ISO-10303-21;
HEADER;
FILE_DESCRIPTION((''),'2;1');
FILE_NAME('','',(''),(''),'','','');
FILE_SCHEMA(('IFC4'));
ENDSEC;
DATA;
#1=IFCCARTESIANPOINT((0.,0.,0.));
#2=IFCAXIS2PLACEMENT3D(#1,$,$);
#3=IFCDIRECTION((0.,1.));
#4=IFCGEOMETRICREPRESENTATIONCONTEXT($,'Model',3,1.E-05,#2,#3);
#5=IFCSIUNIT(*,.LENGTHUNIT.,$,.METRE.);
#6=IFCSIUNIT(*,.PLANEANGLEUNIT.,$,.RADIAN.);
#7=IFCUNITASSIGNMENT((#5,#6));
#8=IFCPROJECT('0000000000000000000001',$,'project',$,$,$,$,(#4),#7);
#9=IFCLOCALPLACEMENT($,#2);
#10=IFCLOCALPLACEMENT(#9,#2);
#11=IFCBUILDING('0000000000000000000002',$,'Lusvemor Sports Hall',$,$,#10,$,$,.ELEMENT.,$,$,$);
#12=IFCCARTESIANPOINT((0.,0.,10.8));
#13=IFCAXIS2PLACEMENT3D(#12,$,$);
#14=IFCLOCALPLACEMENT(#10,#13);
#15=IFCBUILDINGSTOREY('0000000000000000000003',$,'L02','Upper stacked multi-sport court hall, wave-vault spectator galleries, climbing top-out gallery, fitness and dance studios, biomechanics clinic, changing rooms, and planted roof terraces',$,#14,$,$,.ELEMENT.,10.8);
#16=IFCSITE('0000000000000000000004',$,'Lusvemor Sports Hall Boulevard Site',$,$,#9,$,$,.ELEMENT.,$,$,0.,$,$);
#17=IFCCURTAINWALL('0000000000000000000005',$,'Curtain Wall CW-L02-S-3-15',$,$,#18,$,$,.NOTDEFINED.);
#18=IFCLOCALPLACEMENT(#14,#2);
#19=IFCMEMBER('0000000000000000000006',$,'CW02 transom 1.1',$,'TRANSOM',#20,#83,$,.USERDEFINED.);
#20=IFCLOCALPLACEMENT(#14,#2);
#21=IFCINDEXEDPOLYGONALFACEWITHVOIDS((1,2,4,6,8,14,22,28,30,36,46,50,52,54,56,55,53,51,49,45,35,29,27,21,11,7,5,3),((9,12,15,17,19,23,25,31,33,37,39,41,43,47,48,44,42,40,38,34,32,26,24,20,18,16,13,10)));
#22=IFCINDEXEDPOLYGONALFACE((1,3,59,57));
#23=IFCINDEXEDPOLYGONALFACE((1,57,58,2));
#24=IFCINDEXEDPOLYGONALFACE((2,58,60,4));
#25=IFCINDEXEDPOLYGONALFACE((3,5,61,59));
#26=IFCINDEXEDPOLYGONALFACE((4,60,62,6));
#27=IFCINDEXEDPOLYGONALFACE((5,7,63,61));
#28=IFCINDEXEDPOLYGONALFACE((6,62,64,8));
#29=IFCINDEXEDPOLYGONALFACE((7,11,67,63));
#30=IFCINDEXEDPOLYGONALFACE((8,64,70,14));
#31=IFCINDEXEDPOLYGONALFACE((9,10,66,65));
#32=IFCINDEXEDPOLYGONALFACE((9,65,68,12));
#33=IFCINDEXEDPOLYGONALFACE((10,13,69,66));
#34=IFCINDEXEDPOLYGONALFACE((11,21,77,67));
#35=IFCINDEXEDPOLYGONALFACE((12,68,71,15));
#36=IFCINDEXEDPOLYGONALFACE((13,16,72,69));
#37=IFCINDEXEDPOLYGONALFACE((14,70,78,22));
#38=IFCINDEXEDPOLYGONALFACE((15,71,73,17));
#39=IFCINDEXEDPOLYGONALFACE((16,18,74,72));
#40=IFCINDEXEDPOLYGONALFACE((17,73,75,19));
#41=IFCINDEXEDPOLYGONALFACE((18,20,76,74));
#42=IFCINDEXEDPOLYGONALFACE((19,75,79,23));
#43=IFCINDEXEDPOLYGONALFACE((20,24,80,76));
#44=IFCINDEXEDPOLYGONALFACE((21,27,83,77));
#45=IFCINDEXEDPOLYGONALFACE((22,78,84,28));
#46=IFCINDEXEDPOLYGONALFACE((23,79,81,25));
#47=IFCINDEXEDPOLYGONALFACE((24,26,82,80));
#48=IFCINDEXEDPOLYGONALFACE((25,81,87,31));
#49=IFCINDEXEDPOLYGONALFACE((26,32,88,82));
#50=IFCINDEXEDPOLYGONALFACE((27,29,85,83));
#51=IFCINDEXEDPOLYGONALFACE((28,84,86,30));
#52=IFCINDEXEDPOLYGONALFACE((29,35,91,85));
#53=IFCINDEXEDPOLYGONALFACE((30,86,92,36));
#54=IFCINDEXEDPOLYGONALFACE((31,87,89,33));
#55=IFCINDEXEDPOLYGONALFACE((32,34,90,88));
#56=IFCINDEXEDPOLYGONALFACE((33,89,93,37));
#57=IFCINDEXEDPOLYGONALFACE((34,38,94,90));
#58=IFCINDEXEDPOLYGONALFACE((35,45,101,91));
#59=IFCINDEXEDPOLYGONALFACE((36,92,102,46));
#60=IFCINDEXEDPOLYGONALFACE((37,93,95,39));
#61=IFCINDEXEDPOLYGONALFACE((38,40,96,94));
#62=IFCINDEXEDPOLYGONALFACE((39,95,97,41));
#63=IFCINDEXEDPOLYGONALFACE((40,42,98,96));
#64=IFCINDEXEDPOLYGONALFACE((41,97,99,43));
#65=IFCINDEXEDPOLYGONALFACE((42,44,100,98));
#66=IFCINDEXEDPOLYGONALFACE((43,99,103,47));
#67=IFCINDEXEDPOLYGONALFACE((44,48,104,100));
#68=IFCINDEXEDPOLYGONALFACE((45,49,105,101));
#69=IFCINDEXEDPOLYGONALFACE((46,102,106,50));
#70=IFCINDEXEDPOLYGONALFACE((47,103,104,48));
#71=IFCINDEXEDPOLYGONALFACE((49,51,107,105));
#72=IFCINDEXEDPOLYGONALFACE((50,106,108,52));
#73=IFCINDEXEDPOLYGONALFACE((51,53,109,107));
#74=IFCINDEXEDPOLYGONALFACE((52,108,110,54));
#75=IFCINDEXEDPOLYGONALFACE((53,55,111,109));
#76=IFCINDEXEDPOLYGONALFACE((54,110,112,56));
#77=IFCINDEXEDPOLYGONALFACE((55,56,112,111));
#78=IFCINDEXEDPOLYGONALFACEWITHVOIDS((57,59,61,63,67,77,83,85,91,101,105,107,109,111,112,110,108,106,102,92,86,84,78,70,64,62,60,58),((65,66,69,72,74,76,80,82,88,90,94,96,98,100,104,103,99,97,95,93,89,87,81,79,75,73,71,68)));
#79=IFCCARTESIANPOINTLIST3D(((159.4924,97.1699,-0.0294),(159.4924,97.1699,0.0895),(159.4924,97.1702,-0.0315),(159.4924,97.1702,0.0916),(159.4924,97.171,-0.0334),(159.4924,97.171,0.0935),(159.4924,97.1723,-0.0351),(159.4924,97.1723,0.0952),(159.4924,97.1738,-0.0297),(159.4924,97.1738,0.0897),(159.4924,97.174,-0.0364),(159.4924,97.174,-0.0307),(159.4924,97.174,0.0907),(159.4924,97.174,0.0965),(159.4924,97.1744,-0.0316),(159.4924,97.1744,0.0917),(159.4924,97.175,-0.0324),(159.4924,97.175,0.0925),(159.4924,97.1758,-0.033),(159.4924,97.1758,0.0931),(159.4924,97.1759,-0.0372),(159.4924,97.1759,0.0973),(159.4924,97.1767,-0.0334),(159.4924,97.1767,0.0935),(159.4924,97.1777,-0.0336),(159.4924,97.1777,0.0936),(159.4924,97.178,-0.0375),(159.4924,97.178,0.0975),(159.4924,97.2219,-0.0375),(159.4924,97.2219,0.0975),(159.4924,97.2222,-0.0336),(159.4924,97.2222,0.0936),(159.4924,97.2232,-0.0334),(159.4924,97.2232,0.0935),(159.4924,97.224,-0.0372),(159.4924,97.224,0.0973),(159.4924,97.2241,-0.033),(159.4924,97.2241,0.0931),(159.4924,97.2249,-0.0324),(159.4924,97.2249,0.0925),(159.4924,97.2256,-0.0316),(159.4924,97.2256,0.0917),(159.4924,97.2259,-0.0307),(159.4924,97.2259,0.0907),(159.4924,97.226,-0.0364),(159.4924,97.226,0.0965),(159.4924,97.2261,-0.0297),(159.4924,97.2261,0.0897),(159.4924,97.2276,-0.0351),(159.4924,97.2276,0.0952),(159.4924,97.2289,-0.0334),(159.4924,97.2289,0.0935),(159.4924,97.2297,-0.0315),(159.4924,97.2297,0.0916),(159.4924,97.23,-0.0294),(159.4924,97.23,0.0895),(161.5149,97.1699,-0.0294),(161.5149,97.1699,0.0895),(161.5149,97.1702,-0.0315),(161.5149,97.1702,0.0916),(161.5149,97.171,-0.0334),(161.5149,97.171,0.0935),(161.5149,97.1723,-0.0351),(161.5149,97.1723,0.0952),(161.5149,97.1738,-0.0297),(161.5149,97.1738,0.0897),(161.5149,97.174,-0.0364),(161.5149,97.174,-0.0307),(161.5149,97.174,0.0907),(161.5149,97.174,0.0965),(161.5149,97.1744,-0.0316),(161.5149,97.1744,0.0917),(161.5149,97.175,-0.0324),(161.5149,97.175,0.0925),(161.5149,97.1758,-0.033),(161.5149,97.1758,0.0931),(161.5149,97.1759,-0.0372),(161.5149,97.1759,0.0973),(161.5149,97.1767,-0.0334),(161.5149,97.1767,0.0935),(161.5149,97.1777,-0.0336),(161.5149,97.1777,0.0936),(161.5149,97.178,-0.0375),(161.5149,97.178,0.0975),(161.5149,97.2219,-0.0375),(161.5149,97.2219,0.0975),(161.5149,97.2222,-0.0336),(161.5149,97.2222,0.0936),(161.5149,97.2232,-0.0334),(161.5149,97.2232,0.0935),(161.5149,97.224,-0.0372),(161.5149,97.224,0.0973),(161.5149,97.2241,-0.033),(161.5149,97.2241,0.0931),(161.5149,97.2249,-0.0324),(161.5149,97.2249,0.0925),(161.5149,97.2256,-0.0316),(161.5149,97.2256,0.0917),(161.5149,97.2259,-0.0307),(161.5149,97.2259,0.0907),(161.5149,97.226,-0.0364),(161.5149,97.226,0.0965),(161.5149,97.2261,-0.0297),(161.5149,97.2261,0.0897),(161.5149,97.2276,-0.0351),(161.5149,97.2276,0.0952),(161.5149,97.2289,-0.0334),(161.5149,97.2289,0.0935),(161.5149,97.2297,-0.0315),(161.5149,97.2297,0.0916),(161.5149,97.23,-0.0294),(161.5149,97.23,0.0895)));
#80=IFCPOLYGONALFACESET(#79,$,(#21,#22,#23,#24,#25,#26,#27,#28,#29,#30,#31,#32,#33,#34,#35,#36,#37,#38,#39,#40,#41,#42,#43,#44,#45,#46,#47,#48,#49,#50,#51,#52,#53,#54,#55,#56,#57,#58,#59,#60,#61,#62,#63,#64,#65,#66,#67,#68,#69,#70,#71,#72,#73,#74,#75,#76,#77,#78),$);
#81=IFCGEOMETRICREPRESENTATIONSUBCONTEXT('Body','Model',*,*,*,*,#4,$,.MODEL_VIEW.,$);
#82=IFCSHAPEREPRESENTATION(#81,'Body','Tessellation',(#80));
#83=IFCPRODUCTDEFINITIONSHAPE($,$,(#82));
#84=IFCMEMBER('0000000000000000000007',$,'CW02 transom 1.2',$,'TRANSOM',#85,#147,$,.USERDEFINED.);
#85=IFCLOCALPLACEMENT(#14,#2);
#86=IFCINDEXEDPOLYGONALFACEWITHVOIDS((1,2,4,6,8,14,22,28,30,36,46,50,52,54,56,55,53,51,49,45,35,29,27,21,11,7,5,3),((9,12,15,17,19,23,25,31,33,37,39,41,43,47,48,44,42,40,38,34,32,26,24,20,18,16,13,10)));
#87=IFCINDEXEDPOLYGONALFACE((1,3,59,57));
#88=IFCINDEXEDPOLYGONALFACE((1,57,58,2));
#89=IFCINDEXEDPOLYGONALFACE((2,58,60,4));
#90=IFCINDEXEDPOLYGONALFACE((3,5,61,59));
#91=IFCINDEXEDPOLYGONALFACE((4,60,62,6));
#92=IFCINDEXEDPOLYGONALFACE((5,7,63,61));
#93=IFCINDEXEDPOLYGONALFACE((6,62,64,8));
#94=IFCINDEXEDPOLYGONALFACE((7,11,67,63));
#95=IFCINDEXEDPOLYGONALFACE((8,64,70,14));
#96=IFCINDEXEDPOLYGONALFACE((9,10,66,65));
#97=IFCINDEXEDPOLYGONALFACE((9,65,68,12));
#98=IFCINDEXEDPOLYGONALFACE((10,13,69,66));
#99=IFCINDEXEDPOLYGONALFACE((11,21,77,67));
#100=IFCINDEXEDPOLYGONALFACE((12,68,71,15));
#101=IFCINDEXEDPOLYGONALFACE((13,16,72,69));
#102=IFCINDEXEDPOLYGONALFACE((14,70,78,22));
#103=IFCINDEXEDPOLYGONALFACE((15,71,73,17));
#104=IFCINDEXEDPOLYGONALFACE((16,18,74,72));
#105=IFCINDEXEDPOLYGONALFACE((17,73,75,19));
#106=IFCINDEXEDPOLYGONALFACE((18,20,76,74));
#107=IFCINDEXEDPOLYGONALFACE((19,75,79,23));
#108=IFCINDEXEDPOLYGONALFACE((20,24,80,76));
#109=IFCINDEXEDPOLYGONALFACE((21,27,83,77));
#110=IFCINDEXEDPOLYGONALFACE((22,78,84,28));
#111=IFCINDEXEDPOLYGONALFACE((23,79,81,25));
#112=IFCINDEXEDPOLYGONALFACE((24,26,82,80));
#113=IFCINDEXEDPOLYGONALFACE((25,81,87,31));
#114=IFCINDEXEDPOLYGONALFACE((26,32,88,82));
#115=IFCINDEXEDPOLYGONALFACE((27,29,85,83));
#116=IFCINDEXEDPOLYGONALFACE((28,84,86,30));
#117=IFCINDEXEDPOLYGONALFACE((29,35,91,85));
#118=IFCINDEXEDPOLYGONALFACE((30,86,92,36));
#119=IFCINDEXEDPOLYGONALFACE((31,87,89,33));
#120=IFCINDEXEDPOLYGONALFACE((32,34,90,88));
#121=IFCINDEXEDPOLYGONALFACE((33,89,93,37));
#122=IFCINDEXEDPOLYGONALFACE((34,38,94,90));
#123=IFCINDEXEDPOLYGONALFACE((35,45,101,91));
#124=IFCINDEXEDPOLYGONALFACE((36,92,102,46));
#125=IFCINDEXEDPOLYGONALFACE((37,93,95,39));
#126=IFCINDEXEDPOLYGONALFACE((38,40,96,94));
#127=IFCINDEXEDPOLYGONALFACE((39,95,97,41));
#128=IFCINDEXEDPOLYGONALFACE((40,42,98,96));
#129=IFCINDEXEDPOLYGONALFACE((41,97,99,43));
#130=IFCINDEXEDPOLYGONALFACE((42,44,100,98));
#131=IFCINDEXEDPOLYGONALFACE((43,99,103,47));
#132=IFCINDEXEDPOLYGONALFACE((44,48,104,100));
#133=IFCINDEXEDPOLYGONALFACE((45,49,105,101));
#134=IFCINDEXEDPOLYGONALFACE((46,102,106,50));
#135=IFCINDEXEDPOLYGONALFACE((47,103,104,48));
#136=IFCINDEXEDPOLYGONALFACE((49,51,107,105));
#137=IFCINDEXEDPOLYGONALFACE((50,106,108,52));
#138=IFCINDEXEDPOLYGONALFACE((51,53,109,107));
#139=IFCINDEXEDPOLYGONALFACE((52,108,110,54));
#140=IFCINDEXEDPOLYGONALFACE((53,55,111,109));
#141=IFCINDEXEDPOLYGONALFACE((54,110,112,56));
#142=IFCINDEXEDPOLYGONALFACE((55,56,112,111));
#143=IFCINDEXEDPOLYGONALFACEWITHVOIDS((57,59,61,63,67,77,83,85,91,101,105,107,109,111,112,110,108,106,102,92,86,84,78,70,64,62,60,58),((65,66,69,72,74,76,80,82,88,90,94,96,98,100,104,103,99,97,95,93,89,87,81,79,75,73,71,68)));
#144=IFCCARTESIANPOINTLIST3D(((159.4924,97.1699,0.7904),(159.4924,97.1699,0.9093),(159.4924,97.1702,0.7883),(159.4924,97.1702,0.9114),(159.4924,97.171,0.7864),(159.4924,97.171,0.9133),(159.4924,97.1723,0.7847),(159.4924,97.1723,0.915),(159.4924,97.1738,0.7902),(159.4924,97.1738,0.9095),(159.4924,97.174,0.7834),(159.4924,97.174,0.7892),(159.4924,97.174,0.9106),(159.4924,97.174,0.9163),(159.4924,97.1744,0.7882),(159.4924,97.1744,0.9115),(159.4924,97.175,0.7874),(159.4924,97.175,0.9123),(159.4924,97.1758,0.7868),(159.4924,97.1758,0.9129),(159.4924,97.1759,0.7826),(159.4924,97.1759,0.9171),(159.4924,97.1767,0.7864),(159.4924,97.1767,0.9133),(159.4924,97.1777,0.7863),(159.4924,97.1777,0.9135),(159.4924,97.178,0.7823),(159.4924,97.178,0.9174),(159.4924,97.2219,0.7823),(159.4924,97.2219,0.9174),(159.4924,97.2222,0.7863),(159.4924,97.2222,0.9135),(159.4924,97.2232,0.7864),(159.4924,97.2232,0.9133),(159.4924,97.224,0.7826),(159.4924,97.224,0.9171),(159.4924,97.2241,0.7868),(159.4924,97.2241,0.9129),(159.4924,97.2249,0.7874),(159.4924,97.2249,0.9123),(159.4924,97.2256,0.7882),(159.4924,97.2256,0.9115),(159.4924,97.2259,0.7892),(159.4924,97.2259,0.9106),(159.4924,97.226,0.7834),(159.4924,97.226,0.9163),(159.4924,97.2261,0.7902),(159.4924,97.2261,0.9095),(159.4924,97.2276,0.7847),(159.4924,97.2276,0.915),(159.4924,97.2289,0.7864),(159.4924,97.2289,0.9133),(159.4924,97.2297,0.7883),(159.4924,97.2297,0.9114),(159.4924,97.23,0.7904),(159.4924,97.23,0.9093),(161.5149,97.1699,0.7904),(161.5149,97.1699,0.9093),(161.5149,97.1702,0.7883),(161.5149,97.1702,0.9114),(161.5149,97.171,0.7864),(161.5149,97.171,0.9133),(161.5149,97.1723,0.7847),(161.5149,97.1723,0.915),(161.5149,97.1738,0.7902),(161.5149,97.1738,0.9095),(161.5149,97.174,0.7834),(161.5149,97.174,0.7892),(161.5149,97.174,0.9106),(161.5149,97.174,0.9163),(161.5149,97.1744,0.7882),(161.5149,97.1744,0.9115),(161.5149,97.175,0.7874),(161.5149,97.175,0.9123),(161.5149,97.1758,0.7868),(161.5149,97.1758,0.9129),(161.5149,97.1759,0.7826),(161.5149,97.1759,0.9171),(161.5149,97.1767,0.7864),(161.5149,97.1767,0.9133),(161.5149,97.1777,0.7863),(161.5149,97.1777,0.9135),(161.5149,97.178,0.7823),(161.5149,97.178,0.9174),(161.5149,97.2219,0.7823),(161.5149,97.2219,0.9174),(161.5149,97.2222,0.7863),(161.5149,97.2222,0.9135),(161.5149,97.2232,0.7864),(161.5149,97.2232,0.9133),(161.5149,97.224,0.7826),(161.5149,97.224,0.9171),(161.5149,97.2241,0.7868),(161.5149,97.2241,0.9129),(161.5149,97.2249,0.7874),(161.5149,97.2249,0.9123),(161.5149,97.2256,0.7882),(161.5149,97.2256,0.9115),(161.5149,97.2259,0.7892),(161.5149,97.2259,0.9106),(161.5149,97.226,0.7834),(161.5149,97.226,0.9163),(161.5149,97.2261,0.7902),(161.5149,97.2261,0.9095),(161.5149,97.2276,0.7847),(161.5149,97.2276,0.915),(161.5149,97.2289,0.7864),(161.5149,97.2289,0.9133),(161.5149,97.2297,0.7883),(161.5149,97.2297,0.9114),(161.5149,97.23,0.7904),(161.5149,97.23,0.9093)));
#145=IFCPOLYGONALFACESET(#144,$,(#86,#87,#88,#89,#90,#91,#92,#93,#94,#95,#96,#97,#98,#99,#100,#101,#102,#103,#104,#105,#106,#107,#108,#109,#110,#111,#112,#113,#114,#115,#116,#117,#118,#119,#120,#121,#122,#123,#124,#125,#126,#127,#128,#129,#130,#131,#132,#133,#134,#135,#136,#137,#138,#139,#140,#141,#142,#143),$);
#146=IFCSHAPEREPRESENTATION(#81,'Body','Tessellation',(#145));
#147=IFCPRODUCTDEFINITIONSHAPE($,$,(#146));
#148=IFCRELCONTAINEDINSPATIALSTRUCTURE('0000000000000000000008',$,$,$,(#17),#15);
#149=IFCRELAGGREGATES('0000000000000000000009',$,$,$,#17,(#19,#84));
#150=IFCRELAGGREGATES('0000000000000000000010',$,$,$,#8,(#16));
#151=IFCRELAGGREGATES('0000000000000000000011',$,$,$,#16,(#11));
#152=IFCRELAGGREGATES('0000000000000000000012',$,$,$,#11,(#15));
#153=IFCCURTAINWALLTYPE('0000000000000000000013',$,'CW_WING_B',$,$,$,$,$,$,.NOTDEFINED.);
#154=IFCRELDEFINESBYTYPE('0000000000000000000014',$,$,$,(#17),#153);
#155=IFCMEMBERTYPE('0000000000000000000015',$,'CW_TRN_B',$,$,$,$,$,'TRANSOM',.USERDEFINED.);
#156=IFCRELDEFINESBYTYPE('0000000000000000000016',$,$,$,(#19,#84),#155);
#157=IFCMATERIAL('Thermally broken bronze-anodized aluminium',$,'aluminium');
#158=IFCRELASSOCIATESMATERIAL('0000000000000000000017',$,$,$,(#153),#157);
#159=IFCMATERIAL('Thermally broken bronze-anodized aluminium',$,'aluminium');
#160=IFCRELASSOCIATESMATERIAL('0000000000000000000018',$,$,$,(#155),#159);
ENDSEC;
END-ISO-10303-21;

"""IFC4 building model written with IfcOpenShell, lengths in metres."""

from ifc_helpers import new_model, si_unit, direction, frame, origin, origin_2d, place, context, subcontext, project, spatial, hollow_rectangle, extrude, material, material_profile, profile_set, type_object, element, aggregate, save


model = new_model("IFC4")

# Units and contexts
model_context = context("Model", 3, precision=1e-05, world=origin(), true_north=direction((0.0, 1.0)))
body_context = subcontext(model_context, "Body", "Model", "MODEL_VIEW")
ifc_project = project(units=[si_unit("LENGTHUNIT", "METRE"), si_unit("PLANEANGLEUNIT", "RADIAN")], contexts=[model_context])

# Site, building, storey
site_placement = place(None, origin())
site = spatial("IfcSite", under=ifc_project, at=site_placement, Name="Lusvemor Sports Hall Boulevard Site", CompositionType="ELEMENT", RefElevation=0.0)
building_placement = place(site_placement, origin())
building = spatial("IfcBuilding", under=site, at=building_placement, Name="Lusvemor Sports Hall", CompositionType="ELEMENT")
storey_placement = place(building_placement, frame((0.0, 0.0, 10.8)))
storey = spatial("IfcBuildingStorey", under=building, at=storey_placement, Name="L02", Description="Upper stacked multi-sport court hall, wave-vault spectator galleries, climbing top-out gallery, fitness and dance studios, biomechanics clinic, changing rooms, and planted roof terraces", CompositionType="ELEMENT", Elevation=10.8)

# Shared definitions
ifc_material_1 = material(Name="Thermally broken bronze-anodized aluminium", Category="aluminium")
curtain_wall_type = type_object("IfcCurtainWallType", Name="CW_WING_B", PredefinedType="NOTDEFINED", material=ifc_material_1)

# Curtain wall, members
curtain_wall_1_placement = place(storey_placement, origin())
curtain_wall_1 = element("IfcCurtainWall", 1, at=curtain_wall_1_placement, inside=storey, type_object=curtain_wall_type, Name="Curtain Wall CW-L02-S-3-15", PredefinedType="NOTDEFINED")
ifc_material_2 = material(Name="Thermally broken bronze-anodized aluminium", Category="aluminium")
ifc_material_profile_1 = material_profile(ifc_material_2, hollow_rectangle(XDim=0.0601, YDim=0.135, WallThickness=0.0039, InnerFilletRadius=0.0039, OuterFilletRadius=0.0081, at=origin_2d()), Name="CWTRN135x60x4")
ifc_profile_set_1 = profile_set([ifc_material_profile_1], Name="Thermally broken bronze-anodized aluminium")
member_type_1 = type_object("IfcMemberType", Name="CW_TRN_B", ElementType="TRANSOM", PredefinedType="USERDEFINED", material=ifc_profile_set_1)
member_1_placement = place(storey_placement, frame((161.5149, 97.2, 0.03), z_axis=(-1.0, 0.0, 0.0), x_axis=(0.0, -1.0, 0.0)))
member_1 = element("IfcMember", 2, at=member_1_placement, type_object=member_type_1, Name="CW02 transom 1.1", ObjectType="TRANSOM", PredefinedType="USERDEFINED", context=body_context, shape_type="SweptSolid", body=[
    extrude(hollow_rectangle(XDim=0.0601, YDim=0.135, WallThickness=0.0039, InnerFilletRadius=0.0039, OuterFilletRadius=0.0081, at=origin_2d()), origin(), (0.0, 0.0, 1.0), 2.0225),
])
member_2_placement = place(storey_placement, frame((161.5149, 97.2, 0.8499), z_axis=(-1.0, 0.0, 0.0), x_axis=(0.0, -1.0, 0.0)))
member_2 = element("IfcMember", 3, at=member_2_placement, type_object=member_type_1, Name="CW02 transom 1.2", ObjectType="TRANSOM", PredefinedType="USERDEFINED", context=body_context, shape_type="SweptSolid", body=[
    extrude(hollow_rectangle(XDim=0.0601, YDim=0.135, WallThickness=0.0039, InnerFilletRadius=0.0039, OuterFilletRadius=0.0081, at=origin_2d()), origin(), (0.0, 0.0, 1.0), 2.0225),
])

aggregate(curtain_wall_1, [member_1, member_2])

save(model, "model.ifc")
